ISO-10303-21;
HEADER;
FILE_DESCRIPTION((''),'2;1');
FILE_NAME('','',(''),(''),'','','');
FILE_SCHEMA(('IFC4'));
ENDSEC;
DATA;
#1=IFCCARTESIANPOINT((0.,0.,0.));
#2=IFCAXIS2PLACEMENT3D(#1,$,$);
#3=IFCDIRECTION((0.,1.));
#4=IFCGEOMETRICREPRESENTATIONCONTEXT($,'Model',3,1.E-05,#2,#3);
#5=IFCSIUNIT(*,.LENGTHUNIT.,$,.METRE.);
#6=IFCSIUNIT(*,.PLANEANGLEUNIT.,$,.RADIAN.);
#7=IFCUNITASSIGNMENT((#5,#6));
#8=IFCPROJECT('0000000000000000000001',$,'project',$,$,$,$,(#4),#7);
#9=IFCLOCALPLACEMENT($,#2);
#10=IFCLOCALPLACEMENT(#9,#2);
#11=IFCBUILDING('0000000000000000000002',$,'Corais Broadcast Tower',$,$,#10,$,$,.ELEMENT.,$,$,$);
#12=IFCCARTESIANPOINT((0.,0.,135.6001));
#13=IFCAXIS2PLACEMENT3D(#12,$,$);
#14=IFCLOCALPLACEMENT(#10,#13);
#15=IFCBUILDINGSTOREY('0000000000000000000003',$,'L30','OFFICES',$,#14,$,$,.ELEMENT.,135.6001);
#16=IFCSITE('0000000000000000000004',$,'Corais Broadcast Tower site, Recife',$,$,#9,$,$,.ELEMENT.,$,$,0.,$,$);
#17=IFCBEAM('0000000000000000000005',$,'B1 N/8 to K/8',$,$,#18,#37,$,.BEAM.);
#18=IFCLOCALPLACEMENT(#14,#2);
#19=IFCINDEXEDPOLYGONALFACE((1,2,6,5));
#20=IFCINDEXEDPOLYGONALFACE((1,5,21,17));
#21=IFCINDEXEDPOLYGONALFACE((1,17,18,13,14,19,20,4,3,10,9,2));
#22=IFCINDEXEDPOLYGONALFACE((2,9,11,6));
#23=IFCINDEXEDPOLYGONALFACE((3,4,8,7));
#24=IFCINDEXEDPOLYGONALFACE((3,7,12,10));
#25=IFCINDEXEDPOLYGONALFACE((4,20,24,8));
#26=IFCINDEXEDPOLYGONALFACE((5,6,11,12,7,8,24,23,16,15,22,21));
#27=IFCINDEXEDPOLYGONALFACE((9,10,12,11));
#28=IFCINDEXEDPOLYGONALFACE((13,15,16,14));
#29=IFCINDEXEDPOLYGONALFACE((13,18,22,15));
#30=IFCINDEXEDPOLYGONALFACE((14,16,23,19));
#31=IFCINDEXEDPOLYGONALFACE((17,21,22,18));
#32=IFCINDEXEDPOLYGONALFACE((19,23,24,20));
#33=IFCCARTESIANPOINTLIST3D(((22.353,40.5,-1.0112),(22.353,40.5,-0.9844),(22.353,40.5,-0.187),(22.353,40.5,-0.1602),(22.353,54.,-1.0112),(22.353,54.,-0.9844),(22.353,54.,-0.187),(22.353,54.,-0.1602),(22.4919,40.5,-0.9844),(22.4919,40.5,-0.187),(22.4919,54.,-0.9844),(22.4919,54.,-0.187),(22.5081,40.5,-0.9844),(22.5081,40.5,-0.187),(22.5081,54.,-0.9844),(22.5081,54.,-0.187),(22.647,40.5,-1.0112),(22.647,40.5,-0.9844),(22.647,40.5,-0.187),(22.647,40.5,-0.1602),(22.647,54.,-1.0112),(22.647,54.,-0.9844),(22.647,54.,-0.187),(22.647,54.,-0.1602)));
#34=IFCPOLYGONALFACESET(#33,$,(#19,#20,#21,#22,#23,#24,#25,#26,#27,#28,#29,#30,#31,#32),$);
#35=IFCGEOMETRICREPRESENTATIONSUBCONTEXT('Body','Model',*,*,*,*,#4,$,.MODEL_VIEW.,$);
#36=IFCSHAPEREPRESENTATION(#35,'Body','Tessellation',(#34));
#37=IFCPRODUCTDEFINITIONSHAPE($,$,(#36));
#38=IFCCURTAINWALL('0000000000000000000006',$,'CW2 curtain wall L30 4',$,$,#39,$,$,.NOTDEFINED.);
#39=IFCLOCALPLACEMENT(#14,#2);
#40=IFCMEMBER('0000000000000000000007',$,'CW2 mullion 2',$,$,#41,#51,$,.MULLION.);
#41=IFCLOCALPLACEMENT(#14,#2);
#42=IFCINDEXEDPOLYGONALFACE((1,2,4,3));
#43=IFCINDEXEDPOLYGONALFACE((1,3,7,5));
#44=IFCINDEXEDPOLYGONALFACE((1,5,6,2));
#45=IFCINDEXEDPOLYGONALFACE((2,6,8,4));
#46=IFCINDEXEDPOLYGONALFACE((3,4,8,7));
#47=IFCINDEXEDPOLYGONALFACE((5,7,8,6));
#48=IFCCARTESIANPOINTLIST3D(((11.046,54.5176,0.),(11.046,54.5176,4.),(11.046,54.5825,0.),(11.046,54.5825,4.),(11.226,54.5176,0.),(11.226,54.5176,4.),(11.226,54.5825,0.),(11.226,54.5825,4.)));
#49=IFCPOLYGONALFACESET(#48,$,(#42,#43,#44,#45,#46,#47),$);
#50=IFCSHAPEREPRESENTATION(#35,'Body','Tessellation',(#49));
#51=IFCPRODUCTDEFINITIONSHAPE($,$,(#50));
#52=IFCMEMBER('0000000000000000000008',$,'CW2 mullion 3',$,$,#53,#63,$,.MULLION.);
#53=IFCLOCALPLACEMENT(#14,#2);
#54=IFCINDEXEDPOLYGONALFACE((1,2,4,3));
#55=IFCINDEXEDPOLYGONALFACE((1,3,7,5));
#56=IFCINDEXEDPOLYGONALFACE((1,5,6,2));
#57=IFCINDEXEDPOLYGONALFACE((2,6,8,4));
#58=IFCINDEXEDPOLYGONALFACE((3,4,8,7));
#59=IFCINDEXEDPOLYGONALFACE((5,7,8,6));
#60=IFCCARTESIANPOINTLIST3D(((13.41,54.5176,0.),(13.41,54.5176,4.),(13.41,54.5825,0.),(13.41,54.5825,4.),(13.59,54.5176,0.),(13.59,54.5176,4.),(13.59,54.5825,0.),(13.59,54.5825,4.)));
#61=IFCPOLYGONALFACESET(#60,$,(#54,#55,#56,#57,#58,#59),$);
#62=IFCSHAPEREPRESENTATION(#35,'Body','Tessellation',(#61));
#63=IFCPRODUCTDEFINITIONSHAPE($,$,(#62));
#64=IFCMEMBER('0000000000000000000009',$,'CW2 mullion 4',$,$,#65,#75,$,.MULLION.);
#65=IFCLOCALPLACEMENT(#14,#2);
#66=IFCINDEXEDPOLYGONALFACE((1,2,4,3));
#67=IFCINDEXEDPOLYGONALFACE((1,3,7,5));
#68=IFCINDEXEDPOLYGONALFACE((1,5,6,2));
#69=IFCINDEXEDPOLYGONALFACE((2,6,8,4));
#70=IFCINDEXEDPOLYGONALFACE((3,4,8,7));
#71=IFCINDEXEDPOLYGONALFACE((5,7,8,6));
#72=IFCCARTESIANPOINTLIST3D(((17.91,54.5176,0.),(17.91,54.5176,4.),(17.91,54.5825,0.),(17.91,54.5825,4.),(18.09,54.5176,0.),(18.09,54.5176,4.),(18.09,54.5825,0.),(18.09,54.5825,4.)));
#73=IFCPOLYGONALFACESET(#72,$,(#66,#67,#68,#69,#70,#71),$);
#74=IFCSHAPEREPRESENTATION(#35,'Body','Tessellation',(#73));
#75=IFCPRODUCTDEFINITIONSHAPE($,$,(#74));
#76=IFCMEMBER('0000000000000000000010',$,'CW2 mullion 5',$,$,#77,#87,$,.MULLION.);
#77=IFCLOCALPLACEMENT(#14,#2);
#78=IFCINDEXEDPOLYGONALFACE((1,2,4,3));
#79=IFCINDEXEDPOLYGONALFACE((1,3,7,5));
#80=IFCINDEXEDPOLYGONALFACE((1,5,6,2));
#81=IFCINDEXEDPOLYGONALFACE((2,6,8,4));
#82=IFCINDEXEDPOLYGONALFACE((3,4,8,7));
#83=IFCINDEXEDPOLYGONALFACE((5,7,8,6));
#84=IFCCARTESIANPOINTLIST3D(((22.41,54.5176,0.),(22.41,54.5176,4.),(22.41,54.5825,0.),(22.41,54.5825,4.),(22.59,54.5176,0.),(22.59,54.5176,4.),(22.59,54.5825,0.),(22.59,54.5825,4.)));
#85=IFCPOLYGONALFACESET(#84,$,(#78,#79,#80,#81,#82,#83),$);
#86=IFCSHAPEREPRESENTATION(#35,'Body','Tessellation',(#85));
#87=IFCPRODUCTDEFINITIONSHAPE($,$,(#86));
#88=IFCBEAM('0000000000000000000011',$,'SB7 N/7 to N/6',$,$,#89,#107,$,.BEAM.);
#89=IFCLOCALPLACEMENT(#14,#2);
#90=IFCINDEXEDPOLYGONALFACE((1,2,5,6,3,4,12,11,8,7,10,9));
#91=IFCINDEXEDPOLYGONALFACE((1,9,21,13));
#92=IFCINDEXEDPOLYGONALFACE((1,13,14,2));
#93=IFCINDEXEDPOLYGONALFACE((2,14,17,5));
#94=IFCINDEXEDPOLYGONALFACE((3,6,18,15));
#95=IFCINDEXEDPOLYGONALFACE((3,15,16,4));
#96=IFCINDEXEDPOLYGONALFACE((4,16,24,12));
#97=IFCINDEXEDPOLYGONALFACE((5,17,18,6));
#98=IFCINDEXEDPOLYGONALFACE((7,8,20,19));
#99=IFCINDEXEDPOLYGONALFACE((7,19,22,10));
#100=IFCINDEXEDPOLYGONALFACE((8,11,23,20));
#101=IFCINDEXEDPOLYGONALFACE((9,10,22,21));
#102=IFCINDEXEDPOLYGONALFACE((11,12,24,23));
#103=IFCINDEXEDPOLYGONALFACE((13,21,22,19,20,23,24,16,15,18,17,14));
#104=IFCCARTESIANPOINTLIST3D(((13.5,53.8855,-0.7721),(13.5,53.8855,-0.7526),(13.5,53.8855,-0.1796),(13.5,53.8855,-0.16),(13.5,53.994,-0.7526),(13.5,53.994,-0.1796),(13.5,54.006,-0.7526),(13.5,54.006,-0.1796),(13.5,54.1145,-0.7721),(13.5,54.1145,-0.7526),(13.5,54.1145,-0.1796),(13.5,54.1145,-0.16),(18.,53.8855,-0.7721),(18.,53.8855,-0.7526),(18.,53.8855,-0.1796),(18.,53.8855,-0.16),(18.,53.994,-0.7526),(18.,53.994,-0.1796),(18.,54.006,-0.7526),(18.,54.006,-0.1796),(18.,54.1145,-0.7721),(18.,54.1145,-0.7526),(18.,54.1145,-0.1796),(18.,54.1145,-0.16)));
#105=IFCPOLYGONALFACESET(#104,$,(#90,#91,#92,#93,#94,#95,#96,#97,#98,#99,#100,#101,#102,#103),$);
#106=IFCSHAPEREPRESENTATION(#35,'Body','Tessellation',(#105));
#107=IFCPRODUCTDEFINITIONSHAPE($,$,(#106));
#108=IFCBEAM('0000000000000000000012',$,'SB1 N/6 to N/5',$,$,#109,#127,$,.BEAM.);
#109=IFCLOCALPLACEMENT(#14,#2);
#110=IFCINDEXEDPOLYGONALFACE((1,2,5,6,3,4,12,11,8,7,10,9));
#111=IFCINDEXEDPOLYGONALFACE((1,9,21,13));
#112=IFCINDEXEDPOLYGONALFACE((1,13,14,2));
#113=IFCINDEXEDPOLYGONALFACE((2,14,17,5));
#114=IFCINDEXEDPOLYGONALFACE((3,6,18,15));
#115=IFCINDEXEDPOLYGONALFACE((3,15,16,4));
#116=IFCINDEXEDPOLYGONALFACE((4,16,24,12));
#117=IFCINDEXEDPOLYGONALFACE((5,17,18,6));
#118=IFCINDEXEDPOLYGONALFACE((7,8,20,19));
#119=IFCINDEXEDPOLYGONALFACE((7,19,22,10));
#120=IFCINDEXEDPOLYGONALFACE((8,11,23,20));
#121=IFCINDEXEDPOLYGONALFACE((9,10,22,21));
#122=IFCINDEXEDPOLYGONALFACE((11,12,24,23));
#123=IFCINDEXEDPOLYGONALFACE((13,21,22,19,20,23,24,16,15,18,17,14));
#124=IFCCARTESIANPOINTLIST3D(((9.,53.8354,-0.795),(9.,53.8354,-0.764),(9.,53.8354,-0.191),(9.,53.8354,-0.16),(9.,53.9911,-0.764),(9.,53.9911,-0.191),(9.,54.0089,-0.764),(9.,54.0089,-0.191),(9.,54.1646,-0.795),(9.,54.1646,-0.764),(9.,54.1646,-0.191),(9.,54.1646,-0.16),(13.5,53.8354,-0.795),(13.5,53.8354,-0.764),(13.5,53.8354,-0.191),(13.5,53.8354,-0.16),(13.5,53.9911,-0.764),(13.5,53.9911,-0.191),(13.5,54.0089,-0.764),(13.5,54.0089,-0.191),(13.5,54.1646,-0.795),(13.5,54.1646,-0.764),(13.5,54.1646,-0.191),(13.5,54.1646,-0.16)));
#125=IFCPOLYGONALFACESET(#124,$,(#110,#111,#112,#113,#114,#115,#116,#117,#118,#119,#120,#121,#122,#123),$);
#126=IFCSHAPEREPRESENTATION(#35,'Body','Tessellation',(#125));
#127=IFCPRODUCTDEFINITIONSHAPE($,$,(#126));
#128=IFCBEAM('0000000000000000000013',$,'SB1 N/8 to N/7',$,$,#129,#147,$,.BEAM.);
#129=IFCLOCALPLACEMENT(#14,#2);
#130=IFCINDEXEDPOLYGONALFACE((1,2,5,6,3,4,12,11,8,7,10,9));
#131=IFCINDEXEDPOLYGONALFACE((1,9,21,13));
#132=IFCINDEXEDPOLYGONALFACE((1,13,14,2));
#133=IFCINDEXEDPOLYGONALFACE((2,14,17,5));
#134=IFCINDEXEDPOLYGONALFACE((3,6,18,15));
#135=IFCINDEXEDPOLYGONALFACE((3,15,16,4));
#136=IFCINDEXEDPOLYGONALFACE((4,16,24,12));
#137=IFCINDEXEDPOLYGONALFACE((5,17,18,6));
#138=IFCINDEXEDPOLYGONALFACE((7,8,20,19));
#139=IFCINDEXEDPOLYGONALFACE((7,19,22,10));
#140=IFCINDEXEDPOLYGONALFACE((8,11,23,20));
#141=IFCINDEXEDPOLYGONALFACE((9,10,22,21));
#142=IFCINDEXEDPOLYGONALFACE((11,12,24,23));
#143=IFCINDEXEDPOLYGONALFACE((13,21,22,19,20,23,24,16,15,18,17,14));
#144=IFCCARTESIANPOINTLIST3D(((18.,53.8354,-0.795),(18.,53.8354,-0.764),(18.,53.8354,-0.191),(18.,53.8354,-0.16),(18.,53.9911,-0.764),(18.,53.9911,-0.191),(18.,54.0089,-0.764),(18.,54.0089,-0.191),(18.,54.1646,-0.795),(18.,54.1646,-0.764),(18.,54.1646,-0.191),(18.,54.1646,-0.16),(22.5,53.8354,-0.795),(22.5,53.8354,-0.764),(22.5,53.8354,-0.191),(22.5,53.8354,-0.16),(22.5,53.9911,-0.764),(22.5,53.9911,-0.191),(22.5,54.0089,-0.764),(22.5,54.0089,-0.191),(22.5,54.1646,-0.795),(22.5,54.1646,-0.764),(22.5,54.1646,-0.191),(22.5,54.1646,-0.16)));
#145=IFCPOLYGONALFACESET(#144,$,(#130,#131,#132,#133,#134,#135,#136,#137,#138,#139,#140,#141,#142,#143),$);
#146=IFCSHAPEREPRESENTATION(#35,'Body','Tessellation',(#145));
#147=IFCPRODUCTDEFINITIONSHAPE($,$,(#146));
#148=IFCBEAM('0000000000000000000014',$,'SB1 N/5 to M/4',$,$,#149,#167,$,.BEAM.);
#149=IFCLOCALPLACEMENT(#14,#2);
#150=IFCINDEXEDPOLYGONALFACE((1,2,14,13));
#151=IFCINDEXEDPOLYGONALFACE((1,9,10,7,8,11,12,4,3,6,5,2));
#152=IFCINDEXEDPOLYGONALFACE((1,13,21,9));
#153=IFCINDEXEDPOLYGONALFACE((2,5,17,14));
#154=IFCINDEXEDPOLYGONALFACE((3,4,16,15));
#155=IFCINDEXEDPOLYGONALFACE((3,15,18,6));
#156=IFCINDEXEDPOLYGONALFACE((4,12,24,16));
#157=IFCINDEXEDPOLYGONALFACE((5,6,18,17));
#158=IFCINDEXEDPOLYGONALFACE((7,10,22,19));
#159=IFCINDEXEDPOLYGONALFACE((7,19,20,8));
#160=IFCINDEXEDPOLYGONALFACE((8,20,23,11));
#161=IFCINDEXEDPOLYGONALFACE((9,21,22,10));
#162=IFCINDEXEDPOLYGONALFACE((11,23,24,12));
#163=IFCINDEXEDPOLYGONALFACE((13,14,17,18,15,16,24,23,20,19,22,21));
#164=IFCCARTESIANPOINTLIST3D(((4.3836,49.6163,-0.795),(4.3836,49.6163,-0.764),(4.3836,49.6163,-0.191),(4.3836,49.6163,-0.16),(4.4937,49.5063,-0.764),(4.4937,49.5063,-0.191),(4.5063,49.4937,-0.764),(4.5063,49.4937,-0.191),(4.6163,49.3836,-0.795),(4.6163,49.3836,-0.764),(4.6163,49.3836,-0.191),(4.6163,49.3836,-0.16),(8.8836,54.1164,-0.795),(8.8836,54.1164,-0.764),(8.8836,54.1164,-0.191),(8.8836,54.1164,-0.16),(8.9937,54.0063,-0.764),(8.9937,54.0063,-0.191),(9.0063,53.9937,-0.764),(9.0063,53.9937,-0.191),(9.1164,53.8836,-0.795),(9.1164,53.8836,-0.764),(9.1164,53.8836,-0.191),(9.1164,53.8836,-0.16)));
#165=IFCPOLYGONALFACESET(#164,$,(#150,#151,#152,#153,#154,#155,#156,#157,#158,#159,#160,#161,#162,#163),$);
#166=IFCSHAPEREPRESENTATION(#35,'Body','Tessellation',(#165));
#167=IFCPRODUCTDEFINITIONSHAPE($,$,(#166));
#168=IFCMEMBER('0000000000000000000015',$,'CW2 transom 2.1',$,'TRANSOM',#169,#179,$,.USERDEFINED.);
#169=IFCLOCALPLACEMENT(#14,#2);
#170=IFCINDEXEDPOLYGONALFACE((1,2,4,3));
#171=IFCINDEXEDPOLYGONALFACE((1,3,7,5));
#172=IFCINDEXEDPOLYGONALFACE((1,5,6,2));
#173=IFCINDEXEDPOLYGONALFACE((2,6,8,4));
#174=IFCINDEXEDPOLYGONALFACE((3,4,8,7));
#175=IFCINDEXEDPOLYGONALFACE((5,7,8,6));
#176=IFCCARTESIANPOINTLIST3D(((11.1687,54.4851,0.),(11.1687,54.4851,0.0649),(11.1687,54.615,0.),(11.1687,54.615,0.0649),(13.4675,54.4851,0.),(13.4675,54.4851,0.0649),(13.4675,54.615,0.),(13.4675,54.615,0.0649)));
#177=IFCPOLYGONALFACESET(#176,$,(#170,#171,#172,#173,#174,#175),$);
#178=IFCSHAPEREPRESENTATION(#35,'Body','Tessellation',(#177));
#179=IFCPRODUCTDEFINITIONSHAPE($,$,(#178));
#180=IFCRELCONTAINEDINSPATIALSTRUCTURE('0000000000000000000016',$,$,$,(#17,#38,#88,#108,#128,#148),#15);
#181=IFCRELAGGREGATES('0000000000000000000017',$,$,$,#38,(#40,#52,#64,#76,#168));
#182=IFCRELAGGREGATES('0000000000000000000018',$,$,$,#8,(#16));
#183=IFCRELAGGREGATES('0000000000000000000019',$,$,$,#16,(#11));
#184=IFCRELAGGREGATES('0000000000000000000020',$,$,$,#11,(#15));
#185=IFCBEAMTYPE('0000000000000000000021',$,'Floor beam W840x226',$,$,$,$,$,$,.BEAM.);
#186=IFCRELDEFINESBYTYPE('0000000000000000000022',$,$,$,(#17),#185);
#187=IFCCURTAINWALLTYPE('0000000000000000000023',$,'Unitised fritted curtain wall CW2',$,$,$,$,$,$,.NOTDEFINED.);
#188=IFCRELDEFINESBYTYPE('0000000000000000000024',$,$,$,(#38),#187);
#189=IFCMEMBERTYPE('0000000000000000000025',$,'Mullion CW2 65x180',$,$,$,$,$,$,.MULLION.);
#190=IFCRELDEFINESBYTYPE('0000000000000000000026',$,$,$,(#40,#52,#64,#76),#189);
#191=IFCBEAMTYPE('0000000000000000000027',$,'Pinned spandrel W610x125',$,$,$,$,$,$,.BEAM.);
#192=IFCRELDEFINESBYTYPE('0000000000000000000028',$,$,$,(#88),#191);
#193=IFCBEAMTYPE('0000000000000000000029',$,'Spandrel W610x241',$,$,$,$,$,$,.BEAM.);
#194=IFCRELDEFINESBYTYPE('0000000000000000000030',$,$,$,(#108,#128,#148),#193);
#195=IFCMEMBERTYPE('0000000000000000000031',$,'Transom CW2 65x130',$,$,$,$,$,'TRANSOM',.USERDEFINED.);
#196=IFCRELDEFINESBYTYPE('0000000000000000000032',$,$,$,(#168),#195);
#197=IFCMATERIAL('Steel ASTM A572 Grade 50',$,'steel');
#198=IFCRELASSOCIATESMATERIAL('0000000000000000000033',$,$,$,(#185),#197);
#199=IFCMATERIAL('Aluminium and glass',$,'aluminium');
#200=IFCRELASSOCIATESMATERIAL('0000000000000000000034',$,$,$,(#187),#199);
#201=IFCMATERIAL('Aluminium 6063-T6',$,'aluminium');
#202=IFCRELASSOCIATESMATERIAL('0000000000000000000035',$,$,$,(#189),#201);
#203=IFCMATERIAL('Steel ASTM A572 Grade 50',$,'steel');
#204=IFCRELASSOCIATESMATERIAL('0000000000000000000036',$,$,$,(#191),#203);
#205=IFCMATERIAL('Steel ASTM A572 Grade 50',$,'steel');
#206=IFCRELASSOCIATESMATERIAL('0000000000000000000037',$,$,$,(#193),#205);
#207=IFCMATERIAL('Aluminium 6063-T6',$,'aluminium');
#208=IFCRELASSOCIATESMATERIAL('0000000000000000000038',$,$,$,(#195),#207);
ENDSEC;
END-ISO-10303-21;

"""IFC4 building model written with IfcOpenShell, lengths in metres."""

from ifc_helpers import new_model, si_unit, direction, frame, origin, origin_2d, place, context, subcontext, project, spatial, rectangle, i_section, extrude, material, material_profile, profile_set, type_object, element, aggregate, save


model = new_model("IFC4")

# Units and contexts
model_context = context("Model", 3, precision=1e-05, world=origin(), true_north=direction((0.0, 1.0)))
body_context = subcontext(model_context, "Body", "Model", "MODEL_VIEW")
ifc_project = project(units=[si_unit("LENGTHUNIT", "METRE"), si_unit("PLANEANGLEUNIT", "RADIAN")], contexts=[model_context])

# Site, building, storey
site_placement = place(None, origin())
site = spatial("IfcSite", under=ifc_project, at=site_placement, Name="Corais Broadcast Tower site, Recife", CompositionType="ELEMENT", RefElevation=0.0)
building_placement = place(site_placement, origin())
building = spatial("IfcBuilding", under=site, at=building_placement, Name="Corais Broadcast Tower", CompositionType="ELEMENT")
storey_placement = place(building_placement, frame((0.0, 0.0, 135.6001)))
storey = spatial("IfcBuildingStorey", under=building, at=storey_placement, Name="L30", Description="OFFICES", CompositionType="ELEMENT", Elevation=135.6001)

# Beam
ifc_material_1 = material(Name="Steel ASTM A572 Grade 50", Category="steel")
ifc_material_profile_1 = material_profile(ifc_material_1, i_section(OverallWidth=0.2939, OverallDepth=0.8511, WebThickness=0.0161, FlangeThickness=0.0269, at=origin_2d()), Name="W840x226")
ifc_profile_set_1 = profile_set([ifc_material_profile_1], Name="Steel ASTM A572 Grade 50")
beam_type_1 = type_object("IfcBeamType", Name="Floor beam W840x226", PredefinedType="BEAM", material=ifc_profile_set_1)
for number, where, z_axis, x_axis, name in (
    (1, (22.5, 54.0, -0.5857), (0.0, -1.0, 0.0), (1.0, 0.0, 0.0), "B1 N/8 to K/8"),
):
    element("IfcBeam", number, at=place(storey_placement, frame(where, z_axis=z_axis, x_axis=x_axis)), inside=storey, type_object=beam_type_1, Name=name, PredefinedType="BEAM", context=body_context, shape_type="SweptSolid", body=[
        extrude(i_section(OverallWidth=0.2939, OverallDepth=0.8511, WebThickness=0.0161, FlangeThickness=0.0269, at=origin_2d()), origin(), (0.0, 0.0, 1.0), 13.5),
    ])

# Curtain wall, members
ifc_material_2 = material(Name="Aluminium and glass", Category="aluminium")
curtain_wall_type = type_object("IfcCurtainWallType", Name="Unitised fritted curtain wall CW2", PredefinedType="NOTDEFINED", material=ifc_material_2)
curtain_wall_placement = place(storey_placement, origin())
curtain_wall = element("IfcCurtainWall", 2, at=curtain_wall_placement, inside=storey, type_object=curtain_wall_type, Name="CW2 curtain wall L30 4", PredefinedType="NOTDEFINED")
ifc_material_3 = material(Name="Aluminium 6063-T6", Category="aluminium")
ifc_material_profile_2 = material_profile(ifc_material_3, rectangle(XDim=0.0649, YDim=0.1799, at=origin_2d()), Name="Mullion CW2 65x180")
ifc_profile_set_2 = profile_set([ifc_material_profile_2], Name="Aluminium 6063-T6")
member_type_1 = type_object("IfcMemberType", Name="Mullion CW2 65x180", PredefinedType="MULLION", material=ifc_profile_set_2)
member_1_placement = place(storey_placement, frame((11.136, 54.55, 0.0), z_axis=(0.0, 0.0, 1.0), x_axis=(0.0, 1.0, 0.0)))
member_1 = element("IfcMember", 3, at=member_1_placement, type_object=member_type_1, Name="CW2 mullion 2", PredefinedType="MULLION", context=body_context, shape_type="SweptSolid", body=[
    extrude(rectangle(XDim=0.0649, YDim=0.1799, at=origin_2d()), origin(), (0.0, 0.0, 1.0), 4.0),
])
member_2_placement = place(storey_placement, frame((13.5, 54.55, 0.0), z_axis=(0.0, 0.0, 1.0), x_axis=(0.0, 1.0, 0.0)))
member_2 = element("IfcMember", 4, at=member_2_placement, type_object=member_type_1, Name="CW2 mullion 3", PredefinedType="MULLION", context=body_context, shape_type="SweptSolid", body=[
    extrude(rectangle(XDim=0.0649, YDim=0.1799, at=origin_2d()), origin(), (0.0, 0.0, 1.0), 4.0),
])
member_3_placement = place(storey_placement, frame((18.0, 54.55, 0.0), z_axis=(0.0, 0.0, 1.0), x_axis=(0.0, 1.0, 0.0)))
member_3 = element("IfcMember", 5, at=member_3_placement, type_object=member_type_1, Name="CW2 mullion 4", PredefinedType="MULLION", context=body_context, shape_type="SweptSolid", body=[
    extrude(rectangle(XDim=0.0649, YDim=0.1799, at=origin_2d()), origin(), (0.0, 0.0, 1.0), 4.0),
])
member_4_placement = place(storey_placement, frame((22.5, 54.55, 0.0), z_axis=(0.0, 0.0, 1.0), x_axis=(0.0, 1.0, 0.0)))
member_4 = element("IfcMember", 6, at=member_4_placement, type_object=member_type_1, Name="CW2 mullion 5", PredefinedType="MULLION", context=body_context, shape_type="SweptSolid", body=[
    extrude(rectangle(XDim=0.0649, YDim=0.1799, at=origin_2d()), origin(), (0.0, 0.0, 1.0), 4.0),
])

# Beams
ifc_material_4 = material(Name="Steel ASTM A572 Grade 50", Category="steel")
ifc_material_profile_3 = material_profile(ifc_material_4, i_section(OverallWidth=0.229, OverallDepth=0.6121, WebThickness=0.012, FlangeThickness=0.0195, at=origin_2d()), Name="W610x125")
ifc_profile_set_3 = profile_set([ifc_material_profile_3], Name="Steel ASTM A572 Grade 50")
beam_type_2 = type_object("IfcBeamType", Name="Pinned spandrel W610x125", PredefinedType="BEAM", material=ifc_profile_set_3)
beam_1_placement = place(storey_placement, frame((18.0, 54.0, -0.4661), z_axis=(-1.0, 0.0, 0.0), x_axis=(0.0, -1.0, 0.0)))
element("IfcBeam", 7, at=beam_1_placement, inside=storey, type_object=beam_type_2, Name="SB7 N/7 to N/6", PredefinedType="BEAM", context=body_context, shape_type="SweptSolid", body=[
    extrude(i_section(OverallWidth=0.229, OverallDepth=0.6121, WebThickness=0.012, FlangeThickness=0.0195, at=origin_2d()), origin(), (0.0, 0.0, 1.0), 4.5),
])
ifc_material_5 = material(Name="Steel ASTM A572 Grade 50", Category="steel")
ifc_material_profile_4 = material_profile(ifc_material_5, i_section(OverallWidth=0.3291, OverallDepth=0.635, WebThickness=0.0178, FlangeThickness=0.031, at=origin_2d()), Name="W610x241")
ifc_profile_set_4 = profile_set([ifc_material_profile_4], Name="Steel ASTM A572 Grade 50")
beam_type_3 = type_object("IfcBeamType", Name="Spandrel W610x241", PredefinedType="BEAM", material=ifc_profile_set_4)
for number, where, z_axis, x_axis, name in (
    (8, (13.5, 54.0, -0.4775), (-1.0, 0.0, 0.0), (0.0, -1.0, 0.0), "SB1 N/6 to N/5"),
    (9, (22.5, 54.0, -0.4775), (-1.0, 0.0, 0.0), (0.0, -1.0, 0.0), "SB1 N/8 to N/7"),
):
    element("IfcBeam", number, at=place(storey_placement, frame(where, z_axis=z_axis, x_axis=x_axis)), inside=storey, type_object=beam_type_3, Name=name, PredefinedType="BEAM", context=body_context, shape_type="SweptSolid", body=[
        extrude(i_section(OverallWidth=0.3291, OverallDepth=0.635, WebThickness=0.0178, FlangeThickness=0.031, at=origin_2d()), origin(), (0.0, 0.0, 1.0), 4.5),
    ])
beam_2_placement = place(storey_placement, frame((9.0, 54.0, -0.4775), z_axis=(-0.707107, -0.707107, 0.0), x_axis=(0.707107, -0.707107, 0.0)))
element("IfcBeam", 10, at=beam_2_placement, inside=storey, type_object=beam_type_3, Name="SB1 N/5 to M/4", PredefinedType="BEAM", context=body_context, shape_type="SweptSolid", body=[
    extrude(i_section(OverallWidth=0.3291, OverallDepth=0.635, WebThickness=0.0178, FlangeThickness=0.031, at=origin_2d()), origin(), (0.0, 0.0, 1.0), 6.364),
])

# Member
ifc_material_6 = material(Name="Aluminium 6063-T6", Category="aluminium")
ifc_material_profile_5 = material_profile(ifc_material_6, rectangle(XDim=0.1299, YDim=0.0649, at=origin_2d()), Name="Transom CW2 65x130")
ifc_profile_set_5 = profile_set([ifc_material_profile_5], Name="Aluminium 6063-T6")
member_type_2 = type_object("IfcMemberType", Name="Transom CW2 65x130", ElementType="TRANSOM", PredefinedType="USERDEFINED", material=ifc_profile_set_5)
member_5_placement = place(storey_placement, frame((11.1687, 54.55, 0.0325), z_axis=(1.0, 0.0, 0.0), x_axis=(0.0, 1.0, 0.0)))
member_5 = element("IfcMember", 11, at=member_5_placement, type_object=member_type_2, Name="CW2 transom 2.1", ObjectType="TRANSOM", PredefinedType="USERDEFINED", context=body_context, shape_type="SweptSolid", body=[
    extrude(rectangle(XDim=0.1299, YDim=0.0649, at=origin_2d()), origin(), (0.0, 0.0, 1.0), 2.2988),
])

aggregate(curtain_wall, [member_1, member_2, member_3, member_4, member_5])

save(model, "model.ifc")
